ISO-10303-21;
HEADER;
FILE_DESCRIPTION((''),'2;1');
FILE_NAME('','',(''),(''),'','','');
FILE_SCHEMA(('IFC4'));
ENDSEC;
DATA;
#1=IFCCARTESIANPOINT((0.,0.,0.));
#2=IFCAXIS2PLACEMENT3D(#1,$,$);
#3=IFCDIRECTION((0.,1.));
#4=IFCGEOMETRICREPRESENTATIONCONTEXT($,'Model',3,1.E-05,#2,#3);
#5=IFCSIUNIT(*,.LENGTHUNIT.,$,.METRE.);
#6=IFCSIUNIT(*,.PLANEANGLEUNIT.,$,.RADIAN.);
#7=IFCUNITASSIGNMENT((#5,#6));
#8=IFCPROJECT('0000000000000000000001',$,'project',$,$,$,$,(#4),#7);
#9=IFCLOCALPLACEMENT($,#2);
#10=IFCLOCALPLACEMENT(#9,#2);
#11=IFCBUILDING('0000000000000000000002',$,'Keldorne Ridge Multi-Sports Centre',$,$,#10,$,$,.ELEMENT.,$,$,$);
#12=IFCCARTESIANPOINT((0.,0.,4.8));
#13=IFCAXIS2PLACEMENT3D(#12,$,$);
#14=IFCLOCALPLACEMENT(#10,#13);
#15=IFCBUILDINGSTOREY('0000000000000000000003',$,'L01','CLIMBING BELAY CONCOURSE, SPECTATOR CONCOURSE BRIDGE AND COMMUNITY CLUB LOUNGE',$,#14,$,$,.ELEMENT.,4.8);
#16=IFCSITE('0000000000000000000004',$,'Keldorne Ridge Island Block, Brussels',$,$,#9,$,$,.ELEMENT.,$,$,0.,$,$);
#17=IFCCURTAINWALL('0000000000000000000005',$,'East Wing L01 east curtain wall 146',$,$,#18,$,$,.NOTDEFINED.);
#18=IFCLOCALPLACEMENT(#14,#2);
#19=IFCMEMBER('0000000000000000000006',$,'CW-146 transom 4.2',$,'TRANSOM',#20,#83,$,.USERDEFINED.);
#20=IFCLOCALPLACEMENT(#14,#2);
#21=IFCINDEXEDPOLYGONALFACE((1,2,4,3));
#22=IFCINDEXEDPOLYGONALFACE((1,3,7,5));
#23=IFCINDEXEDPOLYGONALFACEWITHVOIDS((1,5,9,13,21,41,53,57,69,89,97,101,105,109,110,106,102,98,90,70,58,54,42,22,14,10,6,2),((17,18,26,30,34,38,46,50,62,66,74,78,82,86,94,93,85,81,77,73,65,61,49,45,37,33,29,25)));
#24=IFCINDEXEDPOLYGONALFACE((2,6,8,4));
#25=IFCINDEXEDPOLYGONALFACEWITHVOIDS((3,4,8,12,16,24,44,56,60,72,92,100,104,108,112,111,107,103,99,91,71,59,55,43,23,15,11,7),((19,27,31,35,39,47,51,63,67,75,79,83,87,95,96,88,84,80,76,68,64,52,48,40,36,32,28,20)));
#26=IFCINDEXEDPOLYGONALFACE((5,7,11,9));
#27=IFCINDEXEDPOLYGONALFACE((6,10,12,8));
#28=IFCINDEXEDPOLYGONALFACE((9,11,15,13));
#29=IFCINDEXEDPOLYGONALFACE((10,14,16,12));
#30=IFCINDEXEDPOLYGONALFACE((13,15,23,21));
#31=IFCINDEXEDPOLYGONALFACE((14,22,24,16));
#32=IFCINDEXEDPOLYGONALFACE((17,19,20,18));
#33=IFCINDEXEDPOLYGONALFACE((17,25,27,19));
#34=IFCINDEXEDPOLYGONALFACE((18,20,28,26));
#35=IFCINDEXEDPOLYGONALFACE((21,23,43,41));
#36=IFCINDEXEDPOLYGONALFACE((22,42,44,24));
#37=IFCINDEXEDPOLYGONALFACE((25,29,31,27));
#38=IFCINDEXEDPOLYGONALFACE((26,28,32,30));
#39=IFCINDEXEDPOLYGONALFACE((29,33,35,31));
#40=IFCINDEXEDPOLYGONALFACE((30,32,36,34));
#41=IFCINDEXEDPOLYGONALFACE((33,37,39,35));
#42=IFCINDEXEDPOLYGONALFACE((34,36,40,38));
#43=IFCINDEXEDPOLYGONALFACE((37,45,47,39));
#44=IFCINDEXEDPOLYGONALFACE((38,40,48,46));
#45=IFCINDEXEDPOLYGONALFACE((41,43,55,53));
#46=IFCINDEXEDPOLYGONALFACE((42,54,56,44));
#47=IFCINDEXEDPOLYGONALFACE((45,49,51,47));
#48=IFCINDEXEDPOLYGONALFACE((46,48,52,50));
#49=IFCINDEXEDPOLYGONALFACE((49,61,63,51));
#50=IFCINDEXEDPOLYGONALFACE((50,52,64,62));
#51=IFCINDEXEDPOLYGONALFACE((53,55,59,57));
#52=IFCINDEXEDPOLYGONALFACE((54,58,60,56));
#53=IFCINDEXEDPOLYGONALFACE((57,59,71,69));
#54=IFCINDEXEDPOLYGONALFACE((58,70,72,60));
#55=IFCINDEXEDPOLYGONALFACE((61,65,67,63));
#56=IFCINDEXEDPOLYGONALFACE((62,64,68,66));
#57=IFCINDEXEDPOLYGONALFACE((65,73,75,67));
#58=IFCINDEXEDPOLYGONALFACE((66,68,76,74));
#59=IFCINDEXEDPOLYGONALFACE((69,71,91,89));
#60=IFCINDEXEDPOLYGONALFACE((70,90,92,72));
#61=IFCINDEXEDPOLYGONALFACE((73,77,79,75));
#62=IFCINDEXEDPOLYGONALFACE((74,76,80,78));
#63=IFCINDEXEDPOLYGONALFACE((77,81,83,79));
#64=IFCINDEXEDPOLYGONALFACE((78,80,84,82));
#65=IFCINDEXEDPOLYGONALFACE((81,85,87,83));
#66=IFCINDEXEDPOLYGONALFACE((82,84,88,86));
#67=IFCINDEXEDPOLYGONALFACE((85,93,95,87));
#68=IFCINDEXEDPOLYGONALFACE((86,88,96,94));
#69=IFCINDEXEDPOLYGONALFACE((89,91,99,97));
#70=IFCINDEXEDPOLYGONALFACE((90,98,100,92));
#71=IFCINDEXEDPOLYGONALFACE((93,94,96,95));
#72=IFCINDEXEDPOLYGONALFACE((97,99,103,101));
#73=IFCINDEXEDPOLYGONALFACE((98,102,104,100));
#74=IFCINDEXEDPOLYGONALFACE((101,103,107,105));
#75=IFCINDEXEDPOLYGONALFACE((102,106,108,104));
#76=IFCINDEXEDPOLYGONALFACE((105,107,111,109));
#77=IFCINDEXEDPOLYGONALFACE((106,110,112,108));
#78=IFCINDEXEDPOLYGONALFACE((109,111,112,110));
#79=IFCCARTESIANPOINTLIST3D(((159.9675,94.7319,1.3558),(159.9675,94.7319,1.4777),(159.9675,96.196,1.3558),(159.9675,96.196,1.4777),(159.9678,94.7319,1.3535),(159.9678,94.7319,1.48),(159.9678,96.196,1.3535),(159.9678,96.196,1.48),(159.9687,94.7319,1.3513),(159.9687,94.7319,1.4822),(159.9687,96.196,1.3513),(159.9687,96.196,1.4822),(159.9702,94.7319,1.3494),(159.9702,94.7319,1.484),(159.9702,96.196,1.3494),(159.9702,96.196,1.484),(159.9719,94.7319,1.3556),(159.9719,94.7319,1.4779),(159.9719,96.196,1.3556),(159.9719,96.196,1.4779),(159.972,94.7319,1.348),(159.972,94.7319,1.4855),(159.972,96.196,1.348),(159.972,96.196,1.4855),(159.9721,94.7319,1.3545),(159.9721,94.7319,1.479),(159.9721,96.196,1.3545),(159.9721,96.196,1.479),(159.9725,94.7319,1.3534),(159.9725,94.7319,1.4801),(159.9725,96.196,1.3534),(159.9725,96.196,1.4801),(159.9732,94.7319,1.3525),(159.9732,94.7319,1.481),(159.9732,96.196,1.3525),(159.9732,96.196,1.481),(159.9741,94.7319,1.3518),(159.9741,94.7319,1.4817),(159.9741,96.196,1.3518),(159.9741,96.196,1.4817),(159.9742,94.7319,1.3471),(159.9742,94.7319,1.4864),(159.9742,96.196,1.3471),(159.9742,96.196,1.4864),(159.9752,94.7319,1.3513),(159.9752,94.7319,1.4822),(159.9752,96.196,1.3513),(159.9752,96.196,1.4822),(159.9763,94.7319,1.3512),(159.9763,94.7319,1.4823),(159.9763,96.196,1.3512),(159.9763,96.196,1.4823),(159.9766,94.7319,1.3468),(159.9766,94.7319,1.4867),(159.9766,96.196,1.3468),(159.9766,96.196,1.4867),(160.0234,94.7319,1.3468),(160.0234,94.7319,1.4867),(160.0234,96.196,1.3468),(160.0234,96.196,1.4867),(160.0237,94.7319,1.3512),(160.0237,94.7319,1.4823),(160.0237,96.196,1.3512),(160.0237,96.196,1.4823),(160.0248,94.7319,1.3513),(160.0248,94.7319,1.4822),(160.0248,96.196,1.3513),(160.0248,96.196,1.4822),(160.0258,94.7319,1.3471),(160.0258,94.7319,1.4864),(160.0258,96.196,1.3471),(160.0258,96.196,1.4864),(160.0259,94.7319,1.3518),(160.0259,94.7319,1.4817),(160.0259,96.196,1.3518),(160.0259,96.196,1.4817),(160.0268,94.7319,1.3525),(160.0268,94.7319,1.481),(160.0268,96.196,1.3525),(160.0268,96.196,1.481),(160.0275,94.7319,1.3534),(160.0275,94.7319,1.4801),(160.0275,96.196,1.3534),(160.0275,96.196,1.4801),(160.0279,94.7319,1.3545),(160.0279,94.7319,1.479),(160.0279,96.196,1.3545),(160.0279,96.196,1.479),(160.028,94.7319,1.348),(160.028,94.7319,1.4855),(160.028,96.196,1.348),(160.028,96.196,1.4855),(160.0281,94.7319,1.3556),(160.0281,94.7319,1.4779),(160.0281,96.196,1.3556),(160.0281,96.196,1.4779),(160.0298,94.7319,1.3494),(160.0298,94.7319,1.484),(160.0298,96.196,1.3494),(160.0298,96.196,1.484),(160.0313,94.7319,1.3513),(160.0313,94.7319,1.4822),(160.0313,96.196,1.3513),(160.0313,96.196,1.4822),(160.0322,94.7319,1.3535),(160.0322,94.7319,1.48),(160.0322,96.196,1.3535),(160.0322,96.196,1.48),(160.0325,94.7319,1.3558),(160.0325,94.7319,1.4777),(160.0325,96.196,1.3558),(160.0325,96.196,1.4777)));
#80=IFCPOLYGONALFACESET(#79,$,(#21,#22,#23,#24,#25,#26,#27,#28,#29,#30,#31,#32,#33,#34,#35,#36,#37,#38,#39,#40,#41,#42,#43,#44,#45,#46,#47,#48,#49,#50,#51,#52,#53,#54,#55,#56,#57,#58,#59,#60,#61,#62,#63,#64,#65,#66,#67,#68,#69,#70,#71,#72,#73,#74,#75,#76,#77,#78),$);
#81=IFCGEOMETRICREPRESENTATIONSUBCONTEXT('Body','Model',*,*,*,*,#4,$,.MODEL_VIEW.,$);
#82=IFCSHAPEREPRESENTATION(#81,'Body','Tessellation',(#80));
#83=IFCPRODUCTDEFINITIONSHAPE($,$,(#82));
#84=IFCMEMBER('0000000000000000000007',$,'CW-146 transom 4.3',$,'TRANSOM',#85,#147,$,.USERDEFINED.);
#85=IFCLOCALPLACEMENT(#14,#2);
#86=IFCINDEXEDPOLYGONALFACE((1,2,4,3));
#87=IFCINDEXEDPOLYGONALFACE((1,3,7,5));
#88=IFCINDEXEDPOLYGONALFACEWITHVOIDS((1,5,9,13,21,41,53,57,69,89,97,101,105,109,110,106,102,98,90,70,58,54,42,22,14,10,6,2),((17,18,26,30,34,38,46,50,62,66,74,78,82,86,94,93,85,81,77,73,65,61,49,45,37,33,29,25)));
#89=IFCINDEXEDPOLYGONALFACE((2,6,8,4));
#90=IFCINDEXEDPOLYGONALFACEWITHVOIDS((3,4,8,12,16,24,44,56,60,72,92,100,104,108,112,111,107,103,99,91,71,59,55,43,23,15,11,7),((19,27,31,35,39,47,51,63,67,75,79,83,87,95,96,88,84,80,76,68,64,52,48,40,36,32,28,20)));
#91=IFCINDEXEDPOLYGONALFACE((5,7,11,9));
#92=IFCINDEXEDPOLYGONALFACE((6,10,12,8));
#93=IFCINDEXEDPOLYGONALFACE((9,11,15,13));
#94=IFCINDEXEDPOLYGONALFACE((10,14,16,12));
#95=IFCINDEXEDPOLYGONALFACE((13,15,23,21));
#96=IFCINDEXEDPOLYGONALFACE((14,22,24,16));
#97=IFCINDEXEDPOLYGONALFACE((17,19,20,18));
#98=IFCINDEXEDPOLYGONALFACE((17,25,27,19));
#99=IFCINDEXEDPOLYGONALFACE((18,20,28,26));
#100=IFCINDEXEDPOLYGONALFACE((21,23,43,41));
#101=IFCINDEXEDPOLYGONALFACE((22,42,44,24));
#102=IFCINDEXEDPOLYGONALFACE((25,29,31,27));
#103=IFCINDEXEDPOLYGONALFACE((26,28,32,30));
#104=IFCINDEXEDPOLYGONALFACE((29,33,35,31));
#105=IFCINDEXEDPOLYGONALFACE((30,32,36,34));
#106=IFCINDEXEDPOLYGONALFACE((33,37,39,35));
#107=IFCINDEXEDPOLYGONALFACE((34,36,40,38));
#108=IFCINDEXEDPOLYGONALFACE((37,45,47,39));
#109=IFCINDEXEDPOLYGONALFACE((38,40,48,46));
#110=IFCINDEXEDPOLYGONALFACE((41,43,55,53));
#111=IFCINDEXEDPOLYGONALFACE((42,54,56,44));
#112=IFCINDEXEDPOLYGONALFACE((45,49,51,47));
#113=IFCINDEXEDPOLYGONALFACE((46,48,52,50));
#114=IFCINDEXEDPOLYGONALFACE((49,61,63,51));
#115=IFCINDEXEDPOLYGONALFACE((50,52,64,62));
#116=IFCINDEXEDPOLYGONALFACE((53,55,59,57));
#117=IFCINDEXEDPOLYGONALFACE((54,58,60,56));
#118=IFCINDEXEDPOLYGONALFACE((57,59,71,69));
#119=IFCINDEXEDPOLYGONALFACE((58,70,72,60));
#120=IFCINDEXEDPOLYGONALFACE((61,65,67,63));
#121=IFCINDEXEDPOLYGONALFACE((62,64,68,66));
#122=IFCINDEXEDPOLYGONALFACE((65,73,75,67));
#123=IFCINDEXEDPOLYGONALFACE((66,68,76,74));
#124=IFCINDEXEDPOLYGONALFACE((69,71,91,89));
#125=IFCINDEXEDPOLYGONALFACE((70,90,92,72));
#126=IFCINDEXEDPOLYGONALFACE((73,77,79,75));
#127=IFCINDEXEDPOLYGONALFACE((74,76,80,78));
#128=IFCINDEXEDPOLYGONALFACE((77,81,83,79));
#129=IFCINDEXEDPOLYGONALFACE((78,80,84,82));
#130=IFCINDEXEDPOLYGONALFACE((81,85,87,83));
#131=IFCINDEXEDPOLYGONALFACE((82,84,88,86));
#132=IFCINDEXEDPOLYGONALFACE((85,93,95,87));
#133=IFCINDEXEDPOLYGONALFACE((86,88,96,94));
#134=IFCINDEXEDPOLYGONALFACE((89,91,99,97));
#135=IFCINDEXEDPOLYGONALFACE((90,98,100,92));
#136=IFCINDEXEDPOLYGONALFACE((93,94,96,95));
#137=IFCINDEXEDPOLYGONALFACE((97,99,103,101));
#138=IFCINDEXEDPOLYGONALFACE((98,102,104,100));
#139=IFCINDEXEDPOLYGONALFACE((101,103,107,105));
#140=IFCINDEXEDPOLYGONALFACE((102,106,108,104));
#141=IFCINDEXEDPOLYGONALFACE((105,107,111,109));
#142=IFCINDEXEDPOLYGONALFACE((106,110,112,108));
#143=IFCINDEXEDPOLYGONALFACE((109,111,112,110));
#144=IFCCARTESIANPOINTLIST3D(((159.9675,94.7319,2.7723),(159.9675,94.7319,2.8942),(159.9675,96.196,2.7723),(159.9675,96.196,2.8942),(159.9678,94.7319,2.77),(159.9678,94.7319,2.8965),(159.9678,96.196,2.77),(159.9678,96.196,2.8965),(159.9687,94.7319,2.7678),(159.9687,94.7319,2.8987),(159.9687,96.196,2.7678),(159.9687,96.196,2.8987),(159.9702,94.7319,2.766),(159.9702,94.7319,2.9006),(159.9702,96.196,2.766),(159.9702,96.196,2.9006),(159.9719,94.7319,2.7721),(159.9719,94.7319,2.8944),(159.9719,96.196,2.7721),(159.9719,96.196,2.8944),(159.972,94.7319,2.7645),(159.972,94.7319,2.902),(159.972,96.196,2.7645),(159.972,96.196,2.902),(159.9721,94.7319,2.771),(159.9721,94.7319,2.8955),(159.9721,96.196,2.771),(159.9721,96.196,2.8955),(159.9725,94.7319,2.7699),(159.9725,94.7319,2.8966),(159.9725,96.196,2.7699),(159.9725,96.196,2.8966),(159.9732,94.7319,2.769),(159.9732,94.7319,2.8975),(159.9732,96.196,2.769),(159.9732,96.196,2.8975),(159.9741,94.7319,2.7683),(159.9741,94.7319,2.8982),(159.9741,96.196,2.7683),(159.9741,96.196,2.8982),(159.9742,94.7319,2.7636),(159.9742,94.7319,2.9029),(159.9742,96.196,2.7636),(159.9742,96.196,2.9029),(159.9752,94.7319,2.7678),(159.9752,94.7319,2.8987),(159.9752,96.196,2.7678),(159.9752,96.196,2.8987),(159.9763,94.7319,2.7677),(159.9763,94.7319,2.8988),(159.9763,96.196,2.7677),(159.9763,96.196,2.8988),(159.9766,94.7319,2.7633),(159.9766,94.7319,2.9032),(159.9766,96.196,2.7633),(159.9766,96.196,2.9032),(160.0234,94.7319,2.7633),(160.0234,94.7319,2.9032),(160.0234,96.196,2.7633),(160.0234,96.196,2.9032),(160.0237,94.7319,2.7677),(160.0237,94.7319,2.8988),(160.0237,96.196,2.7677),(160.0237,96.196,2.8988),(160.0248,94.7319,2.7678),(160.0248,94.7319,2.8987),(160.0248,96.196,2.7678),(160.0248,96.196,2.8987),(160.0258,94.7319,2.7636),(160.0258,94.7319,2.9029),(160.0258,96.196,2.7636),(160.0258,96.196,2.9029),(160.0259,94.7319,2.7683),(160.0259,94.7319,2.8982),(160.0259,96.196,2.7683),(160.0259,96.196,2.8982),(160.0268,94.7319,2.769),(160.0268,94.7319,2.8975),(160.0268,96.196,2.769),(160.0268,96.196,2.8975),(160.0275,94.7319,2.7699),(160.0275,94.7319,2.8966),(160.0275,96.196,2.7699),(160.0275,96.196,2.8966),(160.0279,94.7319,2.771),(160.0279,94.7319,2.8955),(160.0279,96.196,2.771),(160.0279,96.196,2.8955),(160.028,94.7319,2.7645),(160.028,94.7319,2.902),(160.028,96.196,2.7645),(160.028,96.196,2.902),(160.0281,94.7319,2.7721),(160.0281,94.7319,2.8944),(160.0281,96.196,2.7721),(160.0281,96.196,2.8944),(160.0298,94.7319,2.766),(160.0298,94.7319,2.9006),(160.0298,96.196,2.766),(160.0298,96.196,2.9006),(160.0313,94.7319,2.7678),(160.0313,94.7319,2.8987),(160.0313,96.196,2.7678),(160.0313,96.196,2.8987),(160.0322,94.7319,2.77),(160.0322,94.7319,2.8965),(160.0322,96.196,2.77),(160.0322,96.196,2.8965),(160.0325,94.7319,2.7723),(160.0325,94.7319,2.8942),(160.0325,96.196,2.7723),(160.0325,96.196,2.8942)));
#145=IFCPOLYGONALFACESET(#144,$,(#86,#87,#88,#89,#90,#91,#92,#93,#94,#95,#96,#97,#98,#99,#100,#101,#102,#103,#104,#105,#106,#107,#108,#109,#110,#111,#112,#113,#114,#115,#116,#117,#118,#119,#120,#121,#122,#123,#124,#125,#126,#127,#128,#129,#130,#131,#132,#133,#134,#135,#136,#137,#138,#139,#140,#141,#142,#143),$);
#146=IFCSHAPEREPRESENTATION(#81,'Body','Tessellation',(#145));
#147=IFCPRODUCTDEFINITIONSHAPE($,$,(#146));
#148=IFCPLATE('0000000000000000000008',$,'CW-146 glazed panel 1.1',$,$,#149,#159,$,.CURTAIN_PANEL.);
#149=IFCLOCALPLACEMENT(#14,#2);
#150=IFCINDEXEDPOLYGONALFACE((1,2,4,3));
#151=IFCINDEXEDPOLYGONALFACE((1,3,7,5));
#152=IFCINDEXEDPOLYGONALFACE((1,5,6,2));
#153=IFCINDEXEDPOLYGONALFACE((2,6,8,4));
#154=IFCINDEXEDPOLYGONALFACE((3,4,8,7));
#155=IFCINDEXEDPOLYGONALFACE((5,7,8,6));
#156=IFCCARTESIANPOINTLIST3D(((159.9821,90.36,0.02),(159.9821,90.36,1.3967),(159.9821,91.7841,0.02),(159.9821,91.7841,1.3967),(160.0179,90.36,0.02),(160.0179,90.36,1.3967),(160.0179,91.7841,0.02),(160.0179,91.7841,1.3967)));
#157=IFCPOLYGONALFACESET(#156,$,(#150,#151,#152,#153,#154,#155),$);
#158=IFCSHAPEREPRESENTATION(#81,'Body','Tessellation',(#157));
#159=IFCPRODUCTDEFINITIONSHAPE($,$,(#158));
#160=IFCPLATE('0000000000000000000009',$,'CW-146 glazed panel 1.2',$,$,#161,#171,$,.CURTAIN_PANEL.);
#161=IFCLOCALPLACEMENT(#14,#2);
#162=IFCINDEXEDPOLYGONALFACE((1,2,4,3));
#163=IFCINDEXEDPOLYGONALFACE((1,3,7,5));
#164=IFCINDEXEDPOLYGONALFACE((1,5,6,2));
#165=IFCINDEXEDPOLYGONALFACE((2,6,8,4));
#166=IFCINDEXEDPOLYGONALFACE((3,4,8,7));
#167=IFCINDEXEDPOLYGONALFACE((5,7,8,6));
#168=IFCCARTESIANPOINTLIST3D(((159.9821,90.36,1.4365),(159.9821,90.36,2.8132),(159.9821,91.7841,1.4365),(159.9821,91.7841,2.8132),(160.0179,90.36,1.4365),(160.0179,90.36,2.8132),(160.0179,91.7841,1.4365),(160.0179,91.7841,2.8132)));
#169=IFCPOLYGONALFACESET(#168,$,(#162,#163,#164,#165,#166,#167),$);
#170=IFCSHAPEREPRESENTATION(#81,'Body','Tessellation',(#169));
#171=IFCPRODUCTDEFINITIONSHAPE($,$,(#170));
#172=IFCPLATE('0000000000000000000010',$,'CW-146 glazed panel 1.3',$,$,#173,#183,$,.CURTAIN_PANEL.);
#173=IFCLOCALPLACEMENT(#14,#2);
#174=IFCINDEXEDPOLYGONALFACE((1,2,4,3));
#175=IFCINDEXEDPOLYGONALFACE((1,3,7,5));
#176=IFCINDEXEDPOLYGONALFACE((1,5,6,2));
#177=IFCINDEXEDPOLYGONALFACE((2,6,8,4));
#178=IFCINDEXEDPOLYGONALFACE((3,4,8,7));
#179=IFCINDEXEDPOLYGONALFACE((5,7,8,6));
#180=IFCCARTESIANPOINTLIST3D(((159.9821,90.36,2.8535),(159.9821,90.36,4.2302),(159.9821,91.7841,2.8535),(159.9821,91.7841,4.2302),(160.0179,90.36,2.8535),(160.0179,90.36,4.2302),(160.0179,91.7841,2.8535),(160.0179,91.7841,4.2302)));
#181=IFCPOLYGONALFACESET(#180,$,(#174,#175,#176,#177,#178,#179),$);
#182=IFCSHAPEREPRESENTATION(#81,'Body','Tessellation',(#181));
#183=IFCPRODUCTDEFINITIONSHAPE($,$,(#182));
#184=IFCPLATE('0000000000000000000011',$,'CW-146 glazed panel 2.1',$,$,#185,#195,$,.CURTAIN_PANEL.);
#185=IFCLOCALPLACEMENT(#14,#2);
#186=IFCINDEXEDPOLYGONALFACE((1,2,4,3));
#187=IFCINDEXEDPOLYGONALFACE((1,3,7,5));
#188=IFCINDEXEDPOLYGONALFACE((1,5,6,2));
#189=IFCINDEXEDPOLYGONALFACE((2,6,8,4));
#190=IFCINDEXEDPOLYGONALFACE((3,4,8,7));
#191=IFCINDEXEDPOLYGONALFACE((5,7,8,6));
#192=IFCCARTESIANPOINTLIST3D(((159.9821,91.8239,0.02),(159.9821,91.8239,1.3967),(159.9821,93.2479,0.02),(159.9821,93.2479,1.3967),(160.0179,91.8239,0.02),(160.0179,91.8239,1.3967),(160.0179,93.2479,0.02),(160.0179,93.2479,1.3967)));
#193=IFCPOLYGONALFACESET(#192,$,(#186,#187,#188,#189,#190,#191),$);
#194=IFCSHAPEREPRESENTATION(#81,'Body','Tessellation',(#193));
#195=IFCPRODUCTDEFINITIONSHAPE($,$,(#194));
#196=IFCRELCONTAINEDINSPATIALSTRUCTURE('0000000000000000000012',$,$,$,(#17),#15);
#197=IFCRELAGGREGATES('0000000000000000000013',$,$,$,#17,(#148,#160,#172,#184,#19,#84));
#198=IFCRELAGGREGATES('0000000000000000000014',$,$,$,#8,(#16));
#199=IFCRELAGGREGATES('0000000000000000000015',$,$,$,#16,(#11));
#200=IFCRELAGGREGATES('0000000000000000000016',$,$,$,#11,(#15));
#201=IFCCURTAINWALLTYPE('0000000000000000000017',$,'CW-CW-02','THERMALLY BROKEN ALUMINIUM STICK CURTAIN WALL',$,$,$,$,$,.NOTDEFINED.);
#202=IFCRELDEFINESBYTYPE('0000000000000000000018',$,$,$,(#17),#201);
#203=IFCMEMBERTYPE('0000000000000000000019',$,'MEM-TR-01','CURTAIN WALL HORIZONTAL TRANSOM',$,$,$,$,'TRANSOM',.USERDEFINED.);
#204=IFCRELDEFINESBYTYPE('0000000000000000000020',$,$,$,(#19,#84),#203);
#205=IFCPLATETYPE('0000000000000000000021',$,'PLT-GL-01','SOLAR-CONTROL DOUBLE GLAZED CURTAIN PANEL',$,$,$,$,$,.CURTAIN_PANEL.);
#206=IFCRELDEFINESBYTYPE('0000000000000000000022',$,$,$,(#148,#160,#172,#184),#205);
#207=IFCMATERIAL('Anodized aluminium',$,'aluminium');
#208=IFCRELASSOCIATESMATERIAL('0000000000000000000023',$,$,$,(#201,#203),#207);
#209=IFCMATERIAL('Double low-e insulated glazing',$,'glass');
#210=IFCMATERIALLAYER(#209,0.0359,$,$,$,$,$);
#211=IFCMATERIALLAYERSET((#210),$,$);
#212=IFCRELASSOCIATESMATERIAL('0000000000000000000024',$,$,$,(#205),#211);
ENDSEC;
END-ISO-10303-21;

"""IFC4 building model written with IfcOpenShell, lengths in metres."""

from ifc_helpers import new_model, si_unit, direction, frame, origin, origin_2d, place, context, subcontext, project, spatial, rectangle, hollow_rectangle, extrude, material, layer, layer_set, material_profile, profile_set, type_object, element, aggregate, save


model = new_model("IFC4")

# Units and contexts
model_context = context("Model", 3, precision=1e-05, world=origin(), true_north=direction((0.0, 1.0)))
body_context = subcontext(model_context, "Body", "Model", "MODEL_VIEW")
ifc_project = project(units=[si_unit("LENGTHUNIT", "METRE"), si_unit("PLANEANGLEUNIT", "RADIAN")], contexts=[model_context])

# Site, building, storey
site_placement = place(None, origin())
site = spatial("IfcSite", under=ifc_project, at=site_placement, Name="Keldorne Ridge Island Block, Brussels", CompositionType="ELEMENT", RefElevation=0.0)
building_placement = place(site_placement, origin())
building = spatial("IfcBuilding", under=site, at=building_placement, Name="Keldorne Ridge Multi-Sports Centre", CompositionType="ELEMENT")
storey_placement = place(building_placement, frame((0.0, 0.0, 4.8)))
storey = spatial("IfcBuildingStorey", under=building, at=storey_placement, Name="L01", Description="CLIMBING BELAY CONCOURSE, SPECTATOR CONCOURSE BRIDGE AND COMMUNITY CLUB LOUNGE", CompositionType="ELEMENT", Elevation=4.8)

# Curtain wall, members, plates
ifc_material_1 = material(Name="Anodized aluminium", Category="aluminium")
curtain_wall_type = type_object("IfcCurtainWallType", Name="CW-CW-02", Description="THERMALLY BROKEN ALUMINIUM STICK CURTAIN WALL", PredefinedType="NOTDEFINED", material=ifc_material_1)
curtain_wall_placement = place(storey_placement, origin())
curtain_wall = element("IfcCurtainWall", 1, at=curtain_wall_placement, inside=storey, type_object=curtain_wall_type, Name="East Wing L01 east curtain wall 146", PredefinedType="NOTDEFINED")
ifc_material_profile_1 = material_profile(ifc_material_1, hollow_rectangle(XDim=0.0649, YDim=0.1399, WallThickness=0.0044, InnerFilletRadius=0.0044, OuterFilletRadius=0.009, at=origin_2d()), Name="ALU TRANSOM 140x65x4.5")
ifc_profile_set_1 = profile_set([ifc_material_profile_1], Name="Anodized aluminium")
member_type_1 = type_object("IfcMemberType", Name="MEM-TR-01", Description="CURTAIN WALL HORIZONTAL TRANSOM", ElementType="TRANSOM", PredefinedType="USERDEFINED", material=ifc_profile_set_1)
member_1_placement = place(storey_placement, frame((160.0, 94.7319, 1.4167), z_axis=(0.0, 1.0, 0.0), x_axis=(-1.0, 0.0, 0.0)))
member_1 = element("IfcMember", 2, at=member_1_placement, type_object=member_type_1, Name="CW-146 transom 4.2", ObjectType="TRANSOM", PredefinedType="USERDEFINED", context=body_context, shape_type="SweptSolid", body=[
    extrude(hollow_rectangle(XDim=0.0649, YDim=0.1399, WallThickness=0.0044, InnerFilletRadius=0.0044, OuterFilletRadius=0.009, at=origin_2d()), origin(), (0.0, 0.0, 1.0), 1.4641),
])
member_2_placement = place(storey_placement, frame((160.0, 94.7319, 2.8333), z_axis=(0.0, 1.0, 0.0), x_axis=(-1.0, 0.0, 0.0)))
member_2 = element("IfcMember", 3, at=member_2_placement, type_object=member_type_1, Name="CW-146 transom 4.3", ObjectType="TRANSOM", PredefinedType="USERDEFINED", context=body_context, shape_type="SweptSolid", body=[
    extrude(hollow_rectangle(XDim=0.0649, YDim=0.1399, WallThickness=0.0044, InnerFilletRadius=0.0044, OuterFilletRadius=0.009, at=origin_2d()), origin(), (0.0, 0.0, 1.0), 1.4641),
])
ifc_material_2 = material(Name="Double low-e insulated glazing", Category="glass")
ifc_layer = layer(ifc_material_2, 0.0359)
ifc_layer_set = layer_set([ifc_layer])
plate_type = type_object("IfcPlateType", Name="PLT-GL-01", Description="SOLAR-CONTROL DOUBLE GLAZED CURTAIN PANEL", PredefinedType="CURTAIN_PANEL", material=ifc_layer_set)
plate_1_placement = place(storey_placement, frame((160.0, 91.072, 0.02), z_axis=(0.0, 0.0, 1.0), x_axis=(0.0, 1.0, 0.0)))
plate_1 = element("IfcPlate", 4, at=plate_1_placement, type_object=plate_type, Name="CW-146 glazed panel 1.1", PredefinedType="CURTAIN_PANEL", context=body_context, shape_type="SweptSolid", body=[
    extrude(rectangle(XDim=1.4241, YDim=0.0359, at=origin_2d()), origin(), (0.0, 0.0, 1.0), 1.3767),
])
plate_2_placement = place(storey_placement, frame((160.0, 91.072, 1.4365), z_axis=(0.0, 0.0, 1.0), x_axis=(0.0, 1.0, 0.0)))
plate_2 = element("IfcPlate", 5, at=plate_2_placement, type_object=plate_type, Name="CW-146 glazed panel 1.2", PredefinedType="CURTAIN_PANEL", context=body_context, shape_type="SweptSolid", body=[
    extrude(rectangle(XDim=1.4241, YDim=0.0359, at=origin_2d()), origin(), (0.0, 0.0, 1.0), 1.3767),
])
plate_3_placement = place(storey_placement, frame((160.0, 91.072, 2.8535), z_axis=(0.0, 0.0, 1.0), x_axis=(0.0, 1.0, 0.0)))
plate_3 = element("IfcPlate", 6, at=plate_3_placement, type_object=plate_type, Name="CW-146 glazed panel 1.3", PredefinedType="CURTAIN_PANEL", context=body_context, shape_type="SweptSolid", body=[
    extrude(rectangle(XDim=1.4241, YDim=0.0359, at=origin_2d()), origin(), (0.0, 0.0, 1.0), 1.3767),
])
plate_4_placement = place(storey_placement, frame((160.0, 92.5359, 0.02), z_axis=(0.0, 0.0, 1.0), x_axis=(0.0, 1.0, 0.0)))
plate_4 = element("IfcPlate", 7, at=plate_4_placement, type_object=plate_type, Name="CW-146 glazed panel 2.1", PredefinedType="CURTAIN_PANEL", context=body_context, shape_type="SweptSolid", body=[
    extrude(rectangle(XDim=1.4241, YDim=0.0359, at=origin_2d()), origin(), (0.0, 0.0, 1.0), 1.3767),
])
aggregate(curtain_wall, [plate_1, plate_2, plate_3, plate_4, member_1, member_2])

save(model, "model.ifc")
